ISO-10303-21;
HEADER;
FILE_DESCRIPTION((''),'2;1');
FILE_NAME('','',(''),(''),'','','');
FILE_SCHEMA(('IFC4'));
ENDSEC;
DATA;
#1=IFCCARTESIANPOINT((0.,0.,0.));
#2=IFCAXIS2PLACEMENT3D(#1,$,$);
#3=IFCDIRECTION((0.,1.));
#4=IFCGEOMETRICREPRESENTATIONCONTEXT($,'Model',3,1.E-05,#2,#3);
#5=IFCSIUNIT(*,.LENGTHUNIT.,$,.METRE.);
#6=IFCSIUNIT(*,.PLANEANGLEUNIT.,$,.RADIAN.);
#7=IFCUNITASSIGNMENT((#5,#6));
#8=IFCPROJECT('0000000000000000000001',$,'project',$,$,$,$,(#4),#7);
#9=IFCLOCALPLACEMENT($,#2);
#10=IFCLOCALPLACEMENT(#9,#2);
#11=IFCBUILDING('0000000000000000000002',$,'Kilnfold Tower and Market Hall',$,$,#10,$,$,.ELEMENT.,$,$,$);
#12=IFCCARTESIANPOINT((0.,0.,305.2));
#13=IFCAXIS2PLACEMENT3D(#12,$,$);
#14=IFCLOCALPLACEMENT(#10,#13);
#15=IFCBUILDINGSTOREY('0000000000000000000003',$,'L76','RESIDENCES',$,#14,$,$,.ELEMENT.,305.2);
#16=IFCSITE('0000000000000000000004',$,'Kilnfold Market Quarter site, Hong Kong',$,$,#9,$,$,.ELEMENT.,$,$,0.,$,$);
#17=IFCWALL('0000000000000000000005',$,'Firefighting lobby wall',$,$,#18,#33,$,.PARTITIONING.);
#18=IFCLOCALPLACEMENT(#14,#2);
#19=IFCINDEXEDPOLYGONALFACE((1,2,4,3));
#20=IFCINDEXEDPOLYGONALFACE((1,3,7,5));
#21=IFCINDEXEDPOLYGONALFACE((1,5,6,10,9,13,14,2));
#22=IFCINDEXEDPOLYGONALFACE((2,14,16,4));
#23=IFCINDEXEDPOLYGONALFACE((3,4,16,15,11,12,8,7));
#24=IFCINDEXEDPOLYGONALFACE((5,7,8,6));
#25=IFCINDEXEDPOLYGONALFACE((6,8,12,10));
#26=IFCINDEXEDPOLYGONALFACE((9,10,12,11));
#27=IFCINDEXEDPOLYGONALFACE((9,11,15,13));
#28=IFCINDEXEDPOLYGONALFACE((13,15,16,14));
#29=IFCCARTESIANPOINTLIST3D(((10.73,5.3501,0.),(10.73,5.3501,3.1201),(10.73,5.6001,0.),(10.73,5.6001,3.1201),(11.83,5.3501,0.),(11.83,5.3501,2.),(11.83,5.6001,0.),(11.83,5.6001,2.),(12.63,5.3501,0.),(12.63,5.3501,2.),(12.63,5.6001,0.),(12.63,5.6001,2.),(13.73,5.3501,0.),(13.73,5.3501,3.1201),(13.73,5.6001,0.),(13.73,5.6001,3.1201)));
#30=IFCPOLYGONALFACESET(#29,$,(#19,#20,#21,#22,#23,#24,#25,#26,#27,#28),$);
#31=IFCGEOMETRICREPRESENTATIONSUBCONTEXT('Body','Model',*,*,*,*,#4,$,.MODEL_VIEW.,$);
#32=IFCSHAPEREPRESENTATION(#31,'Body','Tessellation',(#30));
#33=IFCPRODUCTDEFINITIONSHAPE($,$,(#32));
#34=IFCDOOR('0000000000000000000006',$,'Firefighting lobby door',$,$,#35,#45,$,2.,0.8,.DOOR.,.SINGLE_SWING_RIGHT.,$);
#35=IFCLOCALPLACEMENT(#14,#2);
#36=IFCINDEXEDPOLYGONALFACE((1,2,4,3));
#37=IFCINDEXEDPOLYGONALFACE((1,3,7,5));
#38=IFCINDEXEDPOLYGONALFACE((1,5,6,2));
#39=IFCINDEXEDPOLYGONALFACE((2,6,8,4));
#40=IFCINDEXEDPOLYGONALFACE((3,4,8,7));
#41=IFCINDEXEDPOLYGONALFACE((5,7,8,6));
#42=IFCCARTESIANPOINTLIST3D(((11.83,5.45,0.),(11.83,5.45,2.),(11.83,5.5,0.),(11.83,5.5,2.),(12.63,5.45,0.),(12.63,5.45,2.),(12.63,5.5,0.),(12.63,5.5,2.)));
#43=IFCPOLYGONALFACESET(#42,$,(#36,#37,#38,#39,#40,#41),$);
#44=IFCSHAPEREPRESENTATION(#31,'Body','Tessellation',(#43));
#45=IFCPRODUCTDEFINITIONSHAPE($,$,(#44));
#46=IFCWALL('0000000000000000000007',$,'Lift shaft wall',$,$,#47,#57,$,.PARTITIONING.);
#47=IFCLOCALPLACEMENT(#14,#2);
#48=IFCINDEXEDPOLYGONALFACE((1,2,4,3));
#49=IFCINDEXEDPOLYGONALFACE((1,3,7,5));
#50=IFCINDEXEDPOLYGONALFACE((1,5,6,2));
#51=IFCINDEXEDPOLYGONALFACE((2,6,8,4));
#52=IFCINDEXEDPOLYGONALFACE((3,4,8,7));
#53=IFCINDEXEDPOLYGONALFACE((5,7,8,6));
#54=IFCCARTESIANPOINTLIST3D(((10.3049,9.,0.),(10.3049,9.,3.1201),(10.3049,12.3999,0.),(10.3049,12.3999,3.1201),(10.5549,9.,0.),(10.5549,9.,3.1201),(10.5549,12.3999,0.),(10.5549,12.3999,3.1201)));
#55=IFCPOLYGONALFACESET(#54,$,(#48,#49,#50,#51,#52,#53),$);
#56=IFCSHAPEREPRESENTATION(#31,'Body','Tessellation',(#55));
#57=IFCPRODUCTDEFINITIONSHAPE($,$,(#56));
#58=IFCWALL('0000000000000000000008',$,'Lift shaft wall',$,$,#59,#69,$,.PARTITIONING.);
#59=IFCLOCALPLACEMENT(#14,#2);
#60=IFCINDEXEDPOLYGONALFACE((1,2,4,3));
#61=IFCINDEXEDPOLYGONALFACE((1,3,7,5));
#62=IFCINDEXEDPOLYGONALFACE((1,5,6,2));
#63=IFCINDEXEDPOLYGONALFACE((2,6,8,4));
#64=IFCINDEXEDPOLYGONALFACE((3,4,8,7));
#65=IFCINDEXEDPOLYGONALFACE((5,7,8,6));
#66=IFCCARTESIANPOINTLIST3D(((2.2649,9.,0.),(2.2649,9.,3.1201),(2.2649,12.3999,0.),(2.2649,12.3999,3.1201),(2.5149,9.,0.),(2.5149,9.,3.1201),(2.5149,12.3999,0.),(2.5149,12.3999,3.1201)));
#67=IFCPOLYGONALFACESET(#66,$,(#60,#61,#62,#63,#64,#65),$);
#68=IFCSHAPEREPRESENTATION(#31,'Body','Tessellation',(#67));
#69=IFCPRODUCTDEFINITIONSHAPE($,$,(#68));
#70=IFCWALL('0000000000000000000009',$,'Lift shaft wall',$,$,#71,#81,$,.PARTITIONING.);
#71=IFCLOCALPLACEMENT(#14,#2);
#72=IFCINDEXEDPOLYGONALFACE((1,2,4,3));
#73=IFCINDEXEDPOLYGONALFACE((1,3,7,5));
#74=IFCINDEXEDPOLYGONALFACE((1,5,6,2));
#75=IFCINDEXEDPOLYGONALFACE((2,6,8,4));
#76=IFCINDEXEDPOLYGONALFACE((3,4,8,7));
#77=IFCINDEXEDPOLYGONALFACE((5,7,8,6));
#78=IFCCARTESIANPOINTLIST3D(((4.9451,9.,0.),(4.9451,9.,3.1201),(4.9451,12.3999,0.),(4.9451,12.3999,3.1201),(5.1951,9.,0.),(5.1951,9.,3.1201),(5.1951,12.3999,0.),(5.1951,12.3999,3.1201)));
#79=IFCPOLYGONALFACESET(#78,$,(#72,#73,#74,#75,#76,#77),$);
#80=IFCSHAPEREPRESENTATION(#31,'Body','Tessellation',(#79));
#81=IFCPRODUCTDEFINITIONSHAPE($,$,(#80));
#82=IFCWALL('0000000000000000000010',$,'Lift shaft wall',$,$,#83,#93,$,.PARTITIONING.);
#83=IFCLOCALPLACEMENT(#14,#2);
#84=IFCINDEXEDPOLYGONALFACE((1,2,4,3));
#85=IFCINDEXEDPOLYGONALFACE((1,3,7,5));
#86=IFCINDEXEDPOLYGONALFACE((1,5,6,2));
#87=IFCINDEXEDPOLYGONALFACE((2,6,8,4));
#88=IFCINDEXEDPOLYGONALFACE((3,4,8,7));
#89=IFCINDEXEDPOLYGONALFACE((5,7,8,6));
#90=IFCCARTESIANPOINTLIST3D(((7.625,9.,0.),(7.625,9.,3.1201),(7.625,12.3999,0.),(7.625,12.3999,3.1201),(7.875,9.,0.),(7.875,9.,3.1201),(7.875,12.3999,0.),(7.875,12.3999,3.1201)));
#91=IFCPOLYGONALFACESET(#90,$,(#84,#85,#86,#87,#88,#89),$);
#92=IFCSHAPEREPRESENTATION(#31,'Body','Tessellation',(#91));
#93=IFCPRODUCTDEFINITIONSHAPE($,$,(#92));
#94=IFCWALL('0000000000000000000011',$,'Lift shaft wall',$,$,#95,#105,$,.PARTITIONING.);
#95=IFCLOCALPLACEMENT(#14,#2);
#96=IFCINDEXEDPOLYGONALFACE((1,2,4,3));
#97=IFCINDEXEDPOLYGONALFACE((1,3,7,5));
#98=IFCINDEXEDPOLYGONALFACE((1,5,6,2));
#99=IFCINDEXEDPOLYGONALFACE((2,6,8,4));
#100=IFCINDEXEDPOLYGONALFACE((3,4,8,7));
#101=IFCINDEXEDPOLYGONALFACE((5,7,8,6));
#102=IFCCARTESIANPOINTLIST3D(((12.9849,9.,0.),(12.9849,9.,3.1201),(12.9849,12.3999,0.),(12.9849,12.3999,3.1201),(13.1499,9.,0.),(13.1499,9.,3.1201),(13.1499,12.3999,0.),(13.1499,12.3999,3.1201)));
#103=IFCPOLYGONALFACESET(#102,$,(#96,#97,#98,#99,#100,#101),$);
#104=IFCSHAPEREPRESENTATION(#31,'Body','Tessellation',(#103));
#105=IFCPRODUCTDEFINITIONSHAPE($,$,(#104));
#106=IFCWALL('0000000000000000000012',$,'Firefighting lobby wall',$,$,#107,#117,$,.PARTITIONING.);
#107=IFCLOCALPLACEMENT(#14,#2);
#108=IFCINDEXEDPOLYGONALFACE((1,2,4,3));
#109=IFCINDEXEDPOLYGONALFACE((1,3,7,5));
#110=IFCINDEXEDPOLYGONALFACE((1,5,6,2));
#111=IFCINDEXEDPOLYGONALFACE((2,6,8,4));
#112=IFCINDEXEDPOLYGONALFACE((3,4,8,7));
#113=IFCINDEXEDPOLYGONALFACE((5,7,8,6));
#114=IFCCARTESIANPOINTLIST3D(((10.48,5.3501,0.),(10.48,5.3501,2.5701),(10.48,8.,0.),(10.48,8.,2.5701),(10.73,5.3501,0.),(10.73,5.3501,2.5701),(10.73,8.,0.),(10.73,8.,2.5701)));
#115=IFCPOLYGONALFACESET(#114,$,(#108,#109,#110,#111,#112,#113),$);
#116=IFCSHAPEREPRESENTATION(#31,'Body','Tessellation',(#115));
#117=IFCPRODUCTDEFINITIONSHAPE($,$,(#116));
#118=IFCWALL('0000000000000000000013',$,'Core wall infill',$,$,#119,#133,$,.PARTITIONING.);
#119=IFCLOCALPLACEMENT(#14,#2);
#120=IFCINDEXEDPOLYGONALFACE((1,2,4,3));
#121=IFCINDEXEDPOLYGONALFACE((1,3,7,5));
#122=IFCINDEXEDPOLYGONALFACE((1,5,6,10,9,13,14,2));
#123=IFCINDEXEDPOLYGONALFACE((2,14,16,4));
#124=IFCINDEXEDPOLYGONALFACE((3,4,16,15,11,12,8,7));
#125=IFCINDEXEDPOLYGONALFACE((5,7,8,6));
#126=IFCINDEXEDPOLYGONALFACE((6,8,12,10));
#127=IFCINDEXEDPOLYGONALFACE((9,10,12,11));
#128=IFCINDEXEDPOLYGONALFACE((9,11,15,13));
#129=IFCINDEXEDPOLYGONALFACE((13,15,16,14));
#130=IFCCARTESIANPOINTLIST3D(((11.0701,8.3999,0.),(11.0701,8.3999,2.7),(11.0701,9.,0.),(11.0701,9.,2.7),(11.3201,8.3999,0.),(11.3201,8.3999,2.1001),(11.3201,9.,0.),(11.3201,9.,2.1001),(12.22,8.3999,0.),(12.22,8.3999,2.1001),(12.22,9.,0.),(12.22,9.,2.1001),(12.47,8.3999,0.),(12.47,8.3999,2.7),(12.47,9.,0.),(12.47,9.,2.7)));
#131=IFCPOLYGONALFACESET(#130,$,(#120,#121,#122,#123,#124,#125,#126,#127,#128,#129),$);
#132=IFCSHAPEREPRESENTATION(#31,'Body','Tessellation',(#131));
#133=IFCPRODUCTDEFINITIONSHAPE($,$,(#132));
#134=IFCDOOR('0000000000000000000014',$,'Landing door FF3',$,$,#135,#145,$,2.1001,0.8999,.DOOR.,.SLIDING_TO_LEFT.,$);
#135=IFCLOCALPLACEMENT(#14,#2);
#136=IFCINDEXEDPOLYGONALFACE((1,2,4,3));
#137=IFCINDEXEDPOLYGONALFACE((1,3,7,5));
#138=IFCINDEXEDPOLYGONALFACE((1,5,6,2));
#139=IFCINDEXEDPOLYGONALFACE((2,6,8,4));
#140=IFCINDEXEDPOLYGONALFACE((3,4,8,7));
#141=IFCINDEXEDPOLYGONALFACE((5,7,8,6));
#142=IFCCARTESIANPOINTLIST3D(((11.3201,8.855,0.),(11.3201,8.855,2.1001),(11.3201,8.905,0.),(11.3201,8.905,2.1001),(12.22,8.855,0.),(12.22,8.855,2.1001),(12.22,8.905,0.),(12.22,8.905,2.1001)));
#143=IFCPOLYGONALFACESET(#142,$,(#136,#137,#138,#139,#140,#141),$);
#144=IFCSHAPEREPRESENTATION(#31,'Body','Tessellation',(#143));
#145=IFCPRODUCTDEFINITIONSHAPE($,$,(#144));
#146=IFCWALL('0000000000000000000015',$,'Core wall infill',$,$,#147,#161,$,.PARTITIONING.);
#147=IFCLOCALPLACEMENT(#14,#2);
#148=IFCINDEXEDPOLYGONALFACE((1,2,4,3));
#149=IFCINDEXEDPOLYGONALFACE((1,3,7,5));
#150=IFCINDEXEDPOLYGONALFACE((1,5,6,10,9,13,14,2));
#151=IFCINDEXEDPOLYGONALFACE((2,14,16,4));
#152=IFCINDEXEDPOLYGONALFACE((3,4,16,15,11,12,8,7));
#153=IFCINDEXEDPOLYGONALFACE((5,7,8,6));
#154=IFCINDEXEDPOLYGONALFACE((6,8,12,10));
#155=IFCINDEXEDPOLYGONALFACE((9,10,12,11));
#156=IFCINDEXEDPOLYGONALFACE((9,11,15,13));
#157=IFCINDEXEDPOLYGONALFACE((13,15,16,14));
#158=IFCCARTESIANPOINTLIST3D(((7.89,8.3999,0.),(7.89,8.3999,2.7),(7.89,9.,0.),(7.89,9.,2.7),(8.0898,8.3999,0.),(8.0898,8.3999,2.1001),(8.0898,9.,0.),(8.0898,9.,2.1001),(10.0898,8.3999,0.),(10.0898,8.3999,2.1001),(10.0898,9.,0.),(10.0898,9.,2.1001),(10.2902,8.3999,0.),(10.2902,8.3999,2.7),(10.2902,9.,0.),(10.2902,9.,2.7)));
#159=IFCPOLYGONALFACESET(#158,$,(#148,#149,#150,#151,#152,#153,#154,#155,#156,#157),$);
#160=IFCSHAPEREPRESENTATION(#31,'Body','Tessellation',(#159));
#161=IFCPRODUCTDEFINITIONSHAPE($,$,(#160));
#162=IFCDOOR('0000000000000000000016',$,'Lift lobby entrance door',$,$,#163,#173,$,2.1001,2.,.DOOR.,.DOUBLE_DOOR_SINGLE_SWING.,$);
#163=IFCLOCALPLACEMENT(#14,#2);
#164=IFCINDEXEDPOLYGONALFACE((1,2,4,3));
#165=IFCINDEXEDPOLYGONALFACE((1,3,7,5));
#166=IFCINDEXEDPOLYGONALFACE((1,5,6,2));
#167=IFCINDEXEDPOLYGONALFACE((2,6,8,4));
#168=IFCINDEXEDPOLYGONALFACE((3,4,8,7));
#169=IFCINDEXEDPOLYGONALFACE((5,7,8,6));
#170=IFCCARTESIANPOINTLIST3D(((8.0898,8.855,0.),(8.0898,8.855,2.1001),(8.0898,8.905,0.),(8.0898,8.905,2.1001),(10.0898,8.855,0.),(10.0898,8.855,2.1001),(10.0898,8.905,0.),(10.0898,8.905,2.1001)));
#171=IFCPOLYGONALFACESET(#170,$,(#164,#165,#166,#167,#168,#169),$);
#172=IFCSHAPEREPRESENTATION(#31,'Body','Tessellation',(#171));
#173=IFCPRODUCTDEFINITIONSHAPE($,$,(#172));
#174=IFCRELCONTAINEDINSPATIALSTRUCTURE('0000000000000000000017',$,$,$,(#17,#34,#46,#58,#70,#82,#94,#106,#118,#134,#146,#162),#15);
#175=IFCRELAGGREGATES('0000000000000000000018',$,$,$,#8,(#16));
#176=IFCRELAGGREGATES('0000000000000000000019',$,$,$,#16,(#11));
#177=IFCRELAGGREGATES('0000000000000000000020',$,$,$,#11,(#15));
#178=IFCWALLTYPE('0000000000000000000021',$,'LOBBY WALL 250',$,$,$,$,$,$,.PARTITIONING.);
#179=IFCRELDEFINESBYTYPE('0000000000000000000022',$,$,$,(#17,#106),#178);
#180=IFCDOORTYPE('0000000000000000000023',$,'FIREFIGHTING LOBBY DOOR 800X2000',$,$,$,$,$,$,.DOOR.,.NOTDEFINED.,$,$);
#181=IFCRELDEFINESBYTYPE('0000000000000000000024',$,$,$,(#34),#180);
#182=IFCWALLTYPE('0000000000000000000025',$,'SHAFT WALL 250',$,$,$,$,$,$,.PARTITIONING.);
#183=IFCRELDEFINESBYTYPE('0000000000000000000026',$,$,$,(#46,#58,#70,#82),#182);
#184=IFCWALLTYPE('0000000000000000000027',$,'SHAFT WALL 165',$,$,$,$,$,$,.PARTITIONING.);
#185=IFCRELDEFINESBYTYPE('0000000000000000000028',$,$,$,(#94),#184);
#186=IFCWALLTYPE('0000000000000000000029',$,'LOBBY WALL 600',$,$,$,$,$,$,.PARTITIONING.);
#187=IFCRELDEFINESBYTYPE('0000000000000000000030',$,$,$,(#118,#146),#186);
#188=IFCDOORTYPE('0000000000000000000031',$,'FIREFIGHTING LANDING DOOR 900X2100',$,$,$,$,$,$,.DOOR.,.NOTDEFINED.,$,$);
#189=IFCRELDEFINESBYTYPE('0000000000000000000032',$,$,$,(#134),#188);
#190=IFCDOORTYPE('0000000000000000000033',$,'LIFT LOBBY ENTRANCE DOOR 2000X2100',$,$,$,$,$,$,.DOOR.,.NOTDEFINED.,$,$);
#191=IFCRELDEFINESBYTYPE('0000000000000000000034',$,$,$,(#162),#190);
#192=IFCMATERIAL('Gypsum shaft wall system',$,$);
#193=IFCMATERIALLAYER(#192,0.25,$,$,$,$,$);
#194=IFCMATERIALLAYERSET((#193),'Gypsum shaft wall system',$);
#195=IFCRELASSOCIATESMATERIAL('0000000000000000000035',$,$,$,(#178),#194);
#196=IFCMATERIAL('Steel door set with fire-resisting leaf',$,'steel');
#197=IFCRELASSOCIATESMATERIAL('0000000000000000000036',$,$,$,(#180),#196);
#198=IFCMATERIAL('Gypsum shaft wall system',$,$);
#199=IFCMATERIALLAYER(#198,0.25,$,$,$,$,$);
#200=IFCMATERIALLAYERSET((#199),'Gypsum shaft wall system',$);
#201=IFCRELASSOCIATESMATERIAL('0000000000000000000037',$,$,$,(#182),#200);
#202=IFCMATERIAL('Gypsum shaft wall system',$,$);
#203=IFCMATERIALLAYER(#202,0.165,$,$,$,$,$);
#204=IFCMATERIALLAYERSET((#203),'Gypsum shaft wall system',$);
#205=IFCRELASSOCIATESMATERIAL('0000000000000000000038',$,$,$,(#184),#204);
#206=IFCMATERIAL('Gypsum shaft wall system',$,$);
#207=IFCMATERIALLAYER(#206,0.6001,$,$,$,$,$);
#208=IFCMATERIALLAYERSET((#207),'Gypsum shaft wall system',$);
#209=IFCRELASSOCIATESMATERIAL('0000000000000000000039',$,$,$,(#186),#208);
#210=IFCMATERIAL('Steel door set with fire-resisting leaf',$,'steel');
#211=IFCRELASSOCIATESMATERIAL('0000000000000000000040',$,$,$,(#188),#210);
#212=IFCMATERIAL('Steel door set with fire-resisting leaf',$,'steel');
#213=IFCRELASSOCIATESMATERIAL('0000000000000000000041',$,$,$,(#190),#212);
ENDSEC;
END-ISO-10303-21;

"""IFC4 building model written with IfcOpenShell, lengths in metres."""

from ifc_helpers import new_model, si_unit, direction, frame, frame_2d, origin, place, context, subcontext, project, spatial, rectangle, extrude, source, transform, mapped, material, layer, layer_set, type_object, element, fill, save


model = new_model("IFC4")

# Units and contexts
model_context = context("Model", 3, precision=1e-05, world=origin(), true_north=direction((0.0, 1.0)))
body_context = subcontext(model_context, "Body", "Model", "MODEL_VIEW")
ifc_project = project(units=[si_unit("LENGTHUNIT", "METRE"), si_unit("PLANEANGLEUNIT", "RADIAN")], contexts=[model_context])

# Site, building, storey
site_placement = place(None, origin())
site = spatial("IfcSite", under=ifc_project, at=site_placement, Name="Kilnfold Market Quarter site, Hong Kong", CompositionType="ELEMENT", RefElevation=0.0)
building_placement = place(site_placement, origin())
building = spatial("IfcBuilding", under=site, at=building_placement, Name="Kilnfold Tower and Market Hall", CompositionType="ELEMENT")
storey_placement = place(building_placement, frame((0.0, 0.0, 305.2)))
storey = spatial("IfcBuildingStorey", under=building, at=storey_placement, Name="L76", Description="RESIDENCES", CompositionType="ELEMENT", Elevation=305.2)

# Wall, opening, door
ifc_material_1 = material(Name="Gypsum shaft wall system")
ifc_layer_1 = layer(ifc_material_1, 0.25)
ifc_layer_set_1 = layer_set([ifc_layer_1], Name="Gypsum shaft wall system")
wall_type_1 = type_object("IfcWallType", Name="LOBBY WALL 250", PredefinedType="PARTITIONING", material=ifc_layer_set_1)
shared_shape_1 = source(origin(), body_context, "Body", "SweptSolid", [
    extrude(rectangle(XDim=3.0, YDim=0.25, at=frame_2d((1.5, 0.0))), origin(), (0.0, 0.0, 1.0), 3.1201),
])
wall_1_placement = place(storey_placement, frame((10.73, 5.4751, 0.0), z_axis=(0.0, 0.0, 1.0), x_axis=(1.0, 0.0, 0.0)))
wall_1 = element("IfcWall", 1, at=wall_1_placement, inside=storey, type_object=wall_type_1, Name="Firefighting lobby wall", PredefinedType="PARTITIONING", context=body_context, shape_type="MappedRepresentation", body=[
    mapped(shared_shape_1, transform((0.0, 0.0, 0.0))),
])
opening_1_placement = place(wall_1_placement, frame((1.1001, 0.0, 0.0)))
opening_1 = element("IfcOpeningElement", 2, at=opening_1_placement, cuts=wall_1, PredefinedType="OPENING", context=body_context, shape_type="SweptSolid", body=[
    extrude(rectangle(XDim=0.8, YDim=2.0, at=frame_2d((0.3999, 1.0))), frame((0.0, 0.135, 0.0), z_axis=(0.0, -1.0, 0.0), x_axis=(1.0, 0.0, 0.0)), (0.0, 0.0, 1.0), 0.27),
])
ifc_material_2 = material(Name="Steel door set with fire-resisting leaf", Category="steel")
door_type_1 = type_object("IfcDoorType", Name="FIREFIGHTING LOBBY DOOR 800X2000", OperationType="NOTDEFINED", PredefinedType="DOOR", material=ifc_material_2)
door_1_placement = place(opening_1_placement, origin())
door_1 = element("IfcDoor", 3, at=door_1_placement, inside=storey, type_object=door_type_1, Name="Firefighting lobby door", OperationType="SINGLE_SWING_RIGHT", OverallHeight=2.0, OverallWidth=0.8, PredefinedType="DOOR", context=body_context, shape_type="SweptSolid", body=[
    extrude(rectangle(XDim=0.8, YDim=2.0, at=frame_2d((0.3999, 1.0))), frame((0.0, 0.0249, 0.0), z_axis=(0.0, -1.0, 0.0), x_axis=(1.0, 0.0, 0.0)), (0.0, 0.0, 1.0), 0.05),
])
fill(opening_1, door_1)

# Walls
ifc_material_3 = material(Name="Gypsum shaft wall system")
ifc_layer_2 = layer(ifc_material_3, 0.25)
ifc_layer_set_2 = layer_set([ifc_layer_2], Name="Gypsum shaft wall system")
wall_type_2 = type_object("IfcWallType", Name="SHAFT WALL 250", PredefinedType="PARTITIONING", material=ifc_layer_set_2)
shared_shape_2 = source(origin(), body_context, "Body", "SweptSolid", [
    extrude(rectangle(XDim=3.3999, YDim=0.25, at=frame_2d((1.7, 0.0))), origin(), (0.0, 0.0, 1.0), 3.1201),
])
for number, where, z_axis, x_axis, name in (
    (4, (10.4299, 9.0, 0.0), (0.0, 0.0, 1.0), (0.0, 1.0, 0.0), "Lift shaft wall"),
    (5, (2.3899, 9.0, 0.0), (0.0, 0.0, 1.0), (0.0, 1.0, 0.0), "Lift shaft wall"),
    (6, (5.0701, 9.0, 0.0), (0.0, 0.0, 1.0), (0.0, 1.0, 0.0), "Lift shaft wall"),
    (7, (7.75, 9.0, 0.0), (0.0, 0.0, 1.0), (0.0, 1.0, 0.0), "Lift shaft wall"),
):
    element("IfcWall", number, at=place(storey_placement, frame(where, z_axis=z_axis, x_axis=x_axis)), inside=storey, type_object=wall_type_2, Name=name, PredefinedType="PARTITIONING", context=body_context, shape_type="MappedRepresentation", body=[
        mapped(shared_shape_2, transform((0.0, 0.0, 0.0))),
    ])
ifc_material_4 = material(Name="Gypsum shaft wall system")
ifc_layer_3 = layer(ifc_material_4, 0.165)
ifc_layer_set_3 = layer_set([ifc_layer_3], Name="Gypsum shaft wall system")
wall_type_3 = type_object("IfcWallType", Name="SHAFT WALL 165", PredefinedType="PARTITIONING", material=ifc_layer_set_3)
shared_shape_3 = source(origin(), body_context, "Body", "SweptSolid", [
    extrude(rectangle(XDim=3.3999, YDim=0.165, at=frame_2d((1.7, 0.0))), origin(), (0.0, 0.0, 1.0), 3.1201),
])
wall_2_placement = place(storey_placement, frame((13.0674, 9.0, 0.0), z_axis=(0.0, 0.0, 1.0), x_axis=(0.0, 1.0, 0.0)))
element("IfcWall", 8, at=wall_2_placement, inside=storey, type_object=wall_type_3, Name="Lift shaft wall", PredefinedType="PARTITIONING", context=body_context, shape_type="MappedRepresentation", body=[
    mapped(shared_shape_3, transform((0.0, 0.0, 0.0))),
])
shared_shape_4 = source(origin(), body_context, "Body", "SweptSolid", [
    extrude(rectangle(XDim=2.6499, YDim=0.25, at=frame_2d((1.325, 0.0))), origin(), (0.0, 0.0, 1.0), 2.5701),
])
wall_3_placement = place(storey_placement, frame((10.605, 5.3501, 0.0), z_axis=(0.0, 0.0, 1.0), x_axis=(0.0, 1.0, 0.0)))
element("IfcWall", 9, at=wall_3_placement, inside=storey, type_object=wall_type_1, Name="Firefighting lobby wall", PredefinedType="PARTITIONING", context=body_context, shape_type="MappedRepresentation", body=[
    mapped(shared_shape_4, transform((0.0, 0.0, 0.0))),
])

# Walls, openings, doors
ifc_material_5 = material(Name="Gypsum shaft wall system")
ifc_layer_4 = layer(ifc_material_5, 0.6001)
ifc_layer_set_4 = layer_set([ifc_layer_4], Name="Gypsum shaft wall system")
wall_type_4 = type_object("IfcWallType", Name="LOBBY WALL 600", PredefinedType="PARTITIONING", material=ifc_layer_set_4)
shared_shape_5 = source(origin(), body_context, "Body", "SweptSolid", [
    extrude(rectangle(XDim=1.3999, YDim=0.6001, at=frame_2d((0.7, 0.0))), origin(), (0.0, 0.0, 1.0), 2.7),
])
wall_4_placement = place(storey_placement, frame((11.0701, 8.7, 0.0), z_axis=(0.0, 0.0, 1.0), x_axis=(1.0, 0.0, 0.0)))
wall_4 = element("IfcWall", 10, at=wall_4_placement, inside=storey, type_object=wall_type_4, Name="Core wall infill", PredefinedType="PARTITIONING", context=body_context, shape_type="MappedRepresentation", body=[
    mapped(shared_shape_5, transform((0.0, 0.0, 0.0))),
])
opening_2_placement = place(wall_4_placement, frame((0.25, 0.0, 0.0)))
opening_2 = element("IfcOpeningElement", 11, at=opening_2_placement, cuts=wall_4, PredefinedType="OPENING", context=body_context, shape_type="SweptSolid", body=[
    extrude(rectangle(XDim=0.8999, YDim=2.1001, at=frame_2d((0.45, 1.05))), frame((0.0, 0.3101, 0.0), z_axis=(0.0, -1.0, 0.0), x_axis=(1.0, 0.0, 0.0)), (0.0, 0.0, 1.0), 0.6201),
])
ifc_material_6 = material(Name="Steel door set with fire-resisting leaf", Category="steel")
door_type_2 = type_object("IfcDoorType", Name="FIREFIGHTING LANDING DOOR 900X2100", OperationType="NOTDEFINED", PredefinedType="DOOR", material=ifc_material_6)
door_2_placement = place(opening_2_placement, origin())
door_2 = element("IfcDoor", 12, at=door_2_placement, inside=storey, type_object=door_type_2, Name="Landing door FF3", OperationType="SLIDING_TO_LEFT", OverallHeight=2.1001, OverallWidth=0.8999, PredefinedType="DOOR", context=body_context, shape_type="SweptSolid", body=[
    extrude(rectangle(XDim=0.8999, YDim=2.1001, at=frame_2d((0.45, 1.05))), frame((0.0, 0.2051, 0.0), z_axis=(0.0, -1.0, 0.0), x_axis=(1.0, 0.0, 0.0)), (0.0, 0.0, 1.0), 0.05),
])
fill(opening_2, door_2)
shared_shape_6 = source(origin(), body_context, "Body", "SweptSolid", [
    extrude(rectangle(XDim=2.4001, YDim=0.6001, at=frame_2d((1.2002, 0.0))), origin(), (0.0, 0.0, 1.0), 2.7),
])
wall_5_placement = place(storey_placement, frame((7.8899, 8.7, 0.0), z_axis=(0.0, 0.0, 1.0), x_axis=(1.0, 0.0, 0.0)))
wall_5 = element("IfcWall", 13, at=wall_5_placement, inside=storey, type_object=wall_type_4, Name="Core wall infill", PredefinedType="PARTITIONING", context=body_context, shape_type="MappedRepresentation", body=[
    mapped(shared_shape_6, transform((0.0, 0.0, 0.0))),
])
opening_3_placement = place(wall_5_placement, frame((0.2, 0.0, 0.0)))
opening_3 = element("IfcOpeningElement", 14, at=opening_3_placement, cuts=wall_5, PredefinedType="OPENING", context=body_context, shape_type="SweptSolid", body=[
    extrude(rectangle(XDim=2.0, YDim=2.1001, at=frame_2d((1.0, 1.05))), frame((0.0, 0.3101, 0.0), z_axis=(0.0, -1.0, 0.0), x_axis=(1.0, 0.0, 0.0)), (0.0, 0.0, 1.0), 0.6201),
])
ifc_material_7 = material(Name="Steel door set with fire-resisting leaf", Category="steel")
door_type_3 = type_object("IfcDoorType", Name="LIFT LOBBY ENTRANCE DOOR 2000X2100", OperationType="NOTDEFINED", PredefinedType="DOOR", material=ifc_material_7)
door_3_placement = place(opening_3_placement, origin())
door_3 = element("IfcDoor", 15, at=door_3_placement, inside=storey, type_object=door_type_3, Name="Lift lobby entrance door", OperationType="DOUBLE_DOOR_SINGLE_SWING", OverallHeight=2.1001, OverallWidth=2.0, PredefinedType="DOOR", context=body_context, shape_type="SweptSolid", body=[
    extrude(rectangle(XDim=2.0, YDim=2.1001, at=frame_2d((1.0, 1.05))), frame((0.0, 0.2051, 0.0), z_axis=(0.0, -1.0, 0.0), x_axis=(1.0, 0.0, 0.0)), (0.0, 0.0, 1.0), 0.05),
])
fill(opening_3, door_3)

save(model, "model.ifc")
